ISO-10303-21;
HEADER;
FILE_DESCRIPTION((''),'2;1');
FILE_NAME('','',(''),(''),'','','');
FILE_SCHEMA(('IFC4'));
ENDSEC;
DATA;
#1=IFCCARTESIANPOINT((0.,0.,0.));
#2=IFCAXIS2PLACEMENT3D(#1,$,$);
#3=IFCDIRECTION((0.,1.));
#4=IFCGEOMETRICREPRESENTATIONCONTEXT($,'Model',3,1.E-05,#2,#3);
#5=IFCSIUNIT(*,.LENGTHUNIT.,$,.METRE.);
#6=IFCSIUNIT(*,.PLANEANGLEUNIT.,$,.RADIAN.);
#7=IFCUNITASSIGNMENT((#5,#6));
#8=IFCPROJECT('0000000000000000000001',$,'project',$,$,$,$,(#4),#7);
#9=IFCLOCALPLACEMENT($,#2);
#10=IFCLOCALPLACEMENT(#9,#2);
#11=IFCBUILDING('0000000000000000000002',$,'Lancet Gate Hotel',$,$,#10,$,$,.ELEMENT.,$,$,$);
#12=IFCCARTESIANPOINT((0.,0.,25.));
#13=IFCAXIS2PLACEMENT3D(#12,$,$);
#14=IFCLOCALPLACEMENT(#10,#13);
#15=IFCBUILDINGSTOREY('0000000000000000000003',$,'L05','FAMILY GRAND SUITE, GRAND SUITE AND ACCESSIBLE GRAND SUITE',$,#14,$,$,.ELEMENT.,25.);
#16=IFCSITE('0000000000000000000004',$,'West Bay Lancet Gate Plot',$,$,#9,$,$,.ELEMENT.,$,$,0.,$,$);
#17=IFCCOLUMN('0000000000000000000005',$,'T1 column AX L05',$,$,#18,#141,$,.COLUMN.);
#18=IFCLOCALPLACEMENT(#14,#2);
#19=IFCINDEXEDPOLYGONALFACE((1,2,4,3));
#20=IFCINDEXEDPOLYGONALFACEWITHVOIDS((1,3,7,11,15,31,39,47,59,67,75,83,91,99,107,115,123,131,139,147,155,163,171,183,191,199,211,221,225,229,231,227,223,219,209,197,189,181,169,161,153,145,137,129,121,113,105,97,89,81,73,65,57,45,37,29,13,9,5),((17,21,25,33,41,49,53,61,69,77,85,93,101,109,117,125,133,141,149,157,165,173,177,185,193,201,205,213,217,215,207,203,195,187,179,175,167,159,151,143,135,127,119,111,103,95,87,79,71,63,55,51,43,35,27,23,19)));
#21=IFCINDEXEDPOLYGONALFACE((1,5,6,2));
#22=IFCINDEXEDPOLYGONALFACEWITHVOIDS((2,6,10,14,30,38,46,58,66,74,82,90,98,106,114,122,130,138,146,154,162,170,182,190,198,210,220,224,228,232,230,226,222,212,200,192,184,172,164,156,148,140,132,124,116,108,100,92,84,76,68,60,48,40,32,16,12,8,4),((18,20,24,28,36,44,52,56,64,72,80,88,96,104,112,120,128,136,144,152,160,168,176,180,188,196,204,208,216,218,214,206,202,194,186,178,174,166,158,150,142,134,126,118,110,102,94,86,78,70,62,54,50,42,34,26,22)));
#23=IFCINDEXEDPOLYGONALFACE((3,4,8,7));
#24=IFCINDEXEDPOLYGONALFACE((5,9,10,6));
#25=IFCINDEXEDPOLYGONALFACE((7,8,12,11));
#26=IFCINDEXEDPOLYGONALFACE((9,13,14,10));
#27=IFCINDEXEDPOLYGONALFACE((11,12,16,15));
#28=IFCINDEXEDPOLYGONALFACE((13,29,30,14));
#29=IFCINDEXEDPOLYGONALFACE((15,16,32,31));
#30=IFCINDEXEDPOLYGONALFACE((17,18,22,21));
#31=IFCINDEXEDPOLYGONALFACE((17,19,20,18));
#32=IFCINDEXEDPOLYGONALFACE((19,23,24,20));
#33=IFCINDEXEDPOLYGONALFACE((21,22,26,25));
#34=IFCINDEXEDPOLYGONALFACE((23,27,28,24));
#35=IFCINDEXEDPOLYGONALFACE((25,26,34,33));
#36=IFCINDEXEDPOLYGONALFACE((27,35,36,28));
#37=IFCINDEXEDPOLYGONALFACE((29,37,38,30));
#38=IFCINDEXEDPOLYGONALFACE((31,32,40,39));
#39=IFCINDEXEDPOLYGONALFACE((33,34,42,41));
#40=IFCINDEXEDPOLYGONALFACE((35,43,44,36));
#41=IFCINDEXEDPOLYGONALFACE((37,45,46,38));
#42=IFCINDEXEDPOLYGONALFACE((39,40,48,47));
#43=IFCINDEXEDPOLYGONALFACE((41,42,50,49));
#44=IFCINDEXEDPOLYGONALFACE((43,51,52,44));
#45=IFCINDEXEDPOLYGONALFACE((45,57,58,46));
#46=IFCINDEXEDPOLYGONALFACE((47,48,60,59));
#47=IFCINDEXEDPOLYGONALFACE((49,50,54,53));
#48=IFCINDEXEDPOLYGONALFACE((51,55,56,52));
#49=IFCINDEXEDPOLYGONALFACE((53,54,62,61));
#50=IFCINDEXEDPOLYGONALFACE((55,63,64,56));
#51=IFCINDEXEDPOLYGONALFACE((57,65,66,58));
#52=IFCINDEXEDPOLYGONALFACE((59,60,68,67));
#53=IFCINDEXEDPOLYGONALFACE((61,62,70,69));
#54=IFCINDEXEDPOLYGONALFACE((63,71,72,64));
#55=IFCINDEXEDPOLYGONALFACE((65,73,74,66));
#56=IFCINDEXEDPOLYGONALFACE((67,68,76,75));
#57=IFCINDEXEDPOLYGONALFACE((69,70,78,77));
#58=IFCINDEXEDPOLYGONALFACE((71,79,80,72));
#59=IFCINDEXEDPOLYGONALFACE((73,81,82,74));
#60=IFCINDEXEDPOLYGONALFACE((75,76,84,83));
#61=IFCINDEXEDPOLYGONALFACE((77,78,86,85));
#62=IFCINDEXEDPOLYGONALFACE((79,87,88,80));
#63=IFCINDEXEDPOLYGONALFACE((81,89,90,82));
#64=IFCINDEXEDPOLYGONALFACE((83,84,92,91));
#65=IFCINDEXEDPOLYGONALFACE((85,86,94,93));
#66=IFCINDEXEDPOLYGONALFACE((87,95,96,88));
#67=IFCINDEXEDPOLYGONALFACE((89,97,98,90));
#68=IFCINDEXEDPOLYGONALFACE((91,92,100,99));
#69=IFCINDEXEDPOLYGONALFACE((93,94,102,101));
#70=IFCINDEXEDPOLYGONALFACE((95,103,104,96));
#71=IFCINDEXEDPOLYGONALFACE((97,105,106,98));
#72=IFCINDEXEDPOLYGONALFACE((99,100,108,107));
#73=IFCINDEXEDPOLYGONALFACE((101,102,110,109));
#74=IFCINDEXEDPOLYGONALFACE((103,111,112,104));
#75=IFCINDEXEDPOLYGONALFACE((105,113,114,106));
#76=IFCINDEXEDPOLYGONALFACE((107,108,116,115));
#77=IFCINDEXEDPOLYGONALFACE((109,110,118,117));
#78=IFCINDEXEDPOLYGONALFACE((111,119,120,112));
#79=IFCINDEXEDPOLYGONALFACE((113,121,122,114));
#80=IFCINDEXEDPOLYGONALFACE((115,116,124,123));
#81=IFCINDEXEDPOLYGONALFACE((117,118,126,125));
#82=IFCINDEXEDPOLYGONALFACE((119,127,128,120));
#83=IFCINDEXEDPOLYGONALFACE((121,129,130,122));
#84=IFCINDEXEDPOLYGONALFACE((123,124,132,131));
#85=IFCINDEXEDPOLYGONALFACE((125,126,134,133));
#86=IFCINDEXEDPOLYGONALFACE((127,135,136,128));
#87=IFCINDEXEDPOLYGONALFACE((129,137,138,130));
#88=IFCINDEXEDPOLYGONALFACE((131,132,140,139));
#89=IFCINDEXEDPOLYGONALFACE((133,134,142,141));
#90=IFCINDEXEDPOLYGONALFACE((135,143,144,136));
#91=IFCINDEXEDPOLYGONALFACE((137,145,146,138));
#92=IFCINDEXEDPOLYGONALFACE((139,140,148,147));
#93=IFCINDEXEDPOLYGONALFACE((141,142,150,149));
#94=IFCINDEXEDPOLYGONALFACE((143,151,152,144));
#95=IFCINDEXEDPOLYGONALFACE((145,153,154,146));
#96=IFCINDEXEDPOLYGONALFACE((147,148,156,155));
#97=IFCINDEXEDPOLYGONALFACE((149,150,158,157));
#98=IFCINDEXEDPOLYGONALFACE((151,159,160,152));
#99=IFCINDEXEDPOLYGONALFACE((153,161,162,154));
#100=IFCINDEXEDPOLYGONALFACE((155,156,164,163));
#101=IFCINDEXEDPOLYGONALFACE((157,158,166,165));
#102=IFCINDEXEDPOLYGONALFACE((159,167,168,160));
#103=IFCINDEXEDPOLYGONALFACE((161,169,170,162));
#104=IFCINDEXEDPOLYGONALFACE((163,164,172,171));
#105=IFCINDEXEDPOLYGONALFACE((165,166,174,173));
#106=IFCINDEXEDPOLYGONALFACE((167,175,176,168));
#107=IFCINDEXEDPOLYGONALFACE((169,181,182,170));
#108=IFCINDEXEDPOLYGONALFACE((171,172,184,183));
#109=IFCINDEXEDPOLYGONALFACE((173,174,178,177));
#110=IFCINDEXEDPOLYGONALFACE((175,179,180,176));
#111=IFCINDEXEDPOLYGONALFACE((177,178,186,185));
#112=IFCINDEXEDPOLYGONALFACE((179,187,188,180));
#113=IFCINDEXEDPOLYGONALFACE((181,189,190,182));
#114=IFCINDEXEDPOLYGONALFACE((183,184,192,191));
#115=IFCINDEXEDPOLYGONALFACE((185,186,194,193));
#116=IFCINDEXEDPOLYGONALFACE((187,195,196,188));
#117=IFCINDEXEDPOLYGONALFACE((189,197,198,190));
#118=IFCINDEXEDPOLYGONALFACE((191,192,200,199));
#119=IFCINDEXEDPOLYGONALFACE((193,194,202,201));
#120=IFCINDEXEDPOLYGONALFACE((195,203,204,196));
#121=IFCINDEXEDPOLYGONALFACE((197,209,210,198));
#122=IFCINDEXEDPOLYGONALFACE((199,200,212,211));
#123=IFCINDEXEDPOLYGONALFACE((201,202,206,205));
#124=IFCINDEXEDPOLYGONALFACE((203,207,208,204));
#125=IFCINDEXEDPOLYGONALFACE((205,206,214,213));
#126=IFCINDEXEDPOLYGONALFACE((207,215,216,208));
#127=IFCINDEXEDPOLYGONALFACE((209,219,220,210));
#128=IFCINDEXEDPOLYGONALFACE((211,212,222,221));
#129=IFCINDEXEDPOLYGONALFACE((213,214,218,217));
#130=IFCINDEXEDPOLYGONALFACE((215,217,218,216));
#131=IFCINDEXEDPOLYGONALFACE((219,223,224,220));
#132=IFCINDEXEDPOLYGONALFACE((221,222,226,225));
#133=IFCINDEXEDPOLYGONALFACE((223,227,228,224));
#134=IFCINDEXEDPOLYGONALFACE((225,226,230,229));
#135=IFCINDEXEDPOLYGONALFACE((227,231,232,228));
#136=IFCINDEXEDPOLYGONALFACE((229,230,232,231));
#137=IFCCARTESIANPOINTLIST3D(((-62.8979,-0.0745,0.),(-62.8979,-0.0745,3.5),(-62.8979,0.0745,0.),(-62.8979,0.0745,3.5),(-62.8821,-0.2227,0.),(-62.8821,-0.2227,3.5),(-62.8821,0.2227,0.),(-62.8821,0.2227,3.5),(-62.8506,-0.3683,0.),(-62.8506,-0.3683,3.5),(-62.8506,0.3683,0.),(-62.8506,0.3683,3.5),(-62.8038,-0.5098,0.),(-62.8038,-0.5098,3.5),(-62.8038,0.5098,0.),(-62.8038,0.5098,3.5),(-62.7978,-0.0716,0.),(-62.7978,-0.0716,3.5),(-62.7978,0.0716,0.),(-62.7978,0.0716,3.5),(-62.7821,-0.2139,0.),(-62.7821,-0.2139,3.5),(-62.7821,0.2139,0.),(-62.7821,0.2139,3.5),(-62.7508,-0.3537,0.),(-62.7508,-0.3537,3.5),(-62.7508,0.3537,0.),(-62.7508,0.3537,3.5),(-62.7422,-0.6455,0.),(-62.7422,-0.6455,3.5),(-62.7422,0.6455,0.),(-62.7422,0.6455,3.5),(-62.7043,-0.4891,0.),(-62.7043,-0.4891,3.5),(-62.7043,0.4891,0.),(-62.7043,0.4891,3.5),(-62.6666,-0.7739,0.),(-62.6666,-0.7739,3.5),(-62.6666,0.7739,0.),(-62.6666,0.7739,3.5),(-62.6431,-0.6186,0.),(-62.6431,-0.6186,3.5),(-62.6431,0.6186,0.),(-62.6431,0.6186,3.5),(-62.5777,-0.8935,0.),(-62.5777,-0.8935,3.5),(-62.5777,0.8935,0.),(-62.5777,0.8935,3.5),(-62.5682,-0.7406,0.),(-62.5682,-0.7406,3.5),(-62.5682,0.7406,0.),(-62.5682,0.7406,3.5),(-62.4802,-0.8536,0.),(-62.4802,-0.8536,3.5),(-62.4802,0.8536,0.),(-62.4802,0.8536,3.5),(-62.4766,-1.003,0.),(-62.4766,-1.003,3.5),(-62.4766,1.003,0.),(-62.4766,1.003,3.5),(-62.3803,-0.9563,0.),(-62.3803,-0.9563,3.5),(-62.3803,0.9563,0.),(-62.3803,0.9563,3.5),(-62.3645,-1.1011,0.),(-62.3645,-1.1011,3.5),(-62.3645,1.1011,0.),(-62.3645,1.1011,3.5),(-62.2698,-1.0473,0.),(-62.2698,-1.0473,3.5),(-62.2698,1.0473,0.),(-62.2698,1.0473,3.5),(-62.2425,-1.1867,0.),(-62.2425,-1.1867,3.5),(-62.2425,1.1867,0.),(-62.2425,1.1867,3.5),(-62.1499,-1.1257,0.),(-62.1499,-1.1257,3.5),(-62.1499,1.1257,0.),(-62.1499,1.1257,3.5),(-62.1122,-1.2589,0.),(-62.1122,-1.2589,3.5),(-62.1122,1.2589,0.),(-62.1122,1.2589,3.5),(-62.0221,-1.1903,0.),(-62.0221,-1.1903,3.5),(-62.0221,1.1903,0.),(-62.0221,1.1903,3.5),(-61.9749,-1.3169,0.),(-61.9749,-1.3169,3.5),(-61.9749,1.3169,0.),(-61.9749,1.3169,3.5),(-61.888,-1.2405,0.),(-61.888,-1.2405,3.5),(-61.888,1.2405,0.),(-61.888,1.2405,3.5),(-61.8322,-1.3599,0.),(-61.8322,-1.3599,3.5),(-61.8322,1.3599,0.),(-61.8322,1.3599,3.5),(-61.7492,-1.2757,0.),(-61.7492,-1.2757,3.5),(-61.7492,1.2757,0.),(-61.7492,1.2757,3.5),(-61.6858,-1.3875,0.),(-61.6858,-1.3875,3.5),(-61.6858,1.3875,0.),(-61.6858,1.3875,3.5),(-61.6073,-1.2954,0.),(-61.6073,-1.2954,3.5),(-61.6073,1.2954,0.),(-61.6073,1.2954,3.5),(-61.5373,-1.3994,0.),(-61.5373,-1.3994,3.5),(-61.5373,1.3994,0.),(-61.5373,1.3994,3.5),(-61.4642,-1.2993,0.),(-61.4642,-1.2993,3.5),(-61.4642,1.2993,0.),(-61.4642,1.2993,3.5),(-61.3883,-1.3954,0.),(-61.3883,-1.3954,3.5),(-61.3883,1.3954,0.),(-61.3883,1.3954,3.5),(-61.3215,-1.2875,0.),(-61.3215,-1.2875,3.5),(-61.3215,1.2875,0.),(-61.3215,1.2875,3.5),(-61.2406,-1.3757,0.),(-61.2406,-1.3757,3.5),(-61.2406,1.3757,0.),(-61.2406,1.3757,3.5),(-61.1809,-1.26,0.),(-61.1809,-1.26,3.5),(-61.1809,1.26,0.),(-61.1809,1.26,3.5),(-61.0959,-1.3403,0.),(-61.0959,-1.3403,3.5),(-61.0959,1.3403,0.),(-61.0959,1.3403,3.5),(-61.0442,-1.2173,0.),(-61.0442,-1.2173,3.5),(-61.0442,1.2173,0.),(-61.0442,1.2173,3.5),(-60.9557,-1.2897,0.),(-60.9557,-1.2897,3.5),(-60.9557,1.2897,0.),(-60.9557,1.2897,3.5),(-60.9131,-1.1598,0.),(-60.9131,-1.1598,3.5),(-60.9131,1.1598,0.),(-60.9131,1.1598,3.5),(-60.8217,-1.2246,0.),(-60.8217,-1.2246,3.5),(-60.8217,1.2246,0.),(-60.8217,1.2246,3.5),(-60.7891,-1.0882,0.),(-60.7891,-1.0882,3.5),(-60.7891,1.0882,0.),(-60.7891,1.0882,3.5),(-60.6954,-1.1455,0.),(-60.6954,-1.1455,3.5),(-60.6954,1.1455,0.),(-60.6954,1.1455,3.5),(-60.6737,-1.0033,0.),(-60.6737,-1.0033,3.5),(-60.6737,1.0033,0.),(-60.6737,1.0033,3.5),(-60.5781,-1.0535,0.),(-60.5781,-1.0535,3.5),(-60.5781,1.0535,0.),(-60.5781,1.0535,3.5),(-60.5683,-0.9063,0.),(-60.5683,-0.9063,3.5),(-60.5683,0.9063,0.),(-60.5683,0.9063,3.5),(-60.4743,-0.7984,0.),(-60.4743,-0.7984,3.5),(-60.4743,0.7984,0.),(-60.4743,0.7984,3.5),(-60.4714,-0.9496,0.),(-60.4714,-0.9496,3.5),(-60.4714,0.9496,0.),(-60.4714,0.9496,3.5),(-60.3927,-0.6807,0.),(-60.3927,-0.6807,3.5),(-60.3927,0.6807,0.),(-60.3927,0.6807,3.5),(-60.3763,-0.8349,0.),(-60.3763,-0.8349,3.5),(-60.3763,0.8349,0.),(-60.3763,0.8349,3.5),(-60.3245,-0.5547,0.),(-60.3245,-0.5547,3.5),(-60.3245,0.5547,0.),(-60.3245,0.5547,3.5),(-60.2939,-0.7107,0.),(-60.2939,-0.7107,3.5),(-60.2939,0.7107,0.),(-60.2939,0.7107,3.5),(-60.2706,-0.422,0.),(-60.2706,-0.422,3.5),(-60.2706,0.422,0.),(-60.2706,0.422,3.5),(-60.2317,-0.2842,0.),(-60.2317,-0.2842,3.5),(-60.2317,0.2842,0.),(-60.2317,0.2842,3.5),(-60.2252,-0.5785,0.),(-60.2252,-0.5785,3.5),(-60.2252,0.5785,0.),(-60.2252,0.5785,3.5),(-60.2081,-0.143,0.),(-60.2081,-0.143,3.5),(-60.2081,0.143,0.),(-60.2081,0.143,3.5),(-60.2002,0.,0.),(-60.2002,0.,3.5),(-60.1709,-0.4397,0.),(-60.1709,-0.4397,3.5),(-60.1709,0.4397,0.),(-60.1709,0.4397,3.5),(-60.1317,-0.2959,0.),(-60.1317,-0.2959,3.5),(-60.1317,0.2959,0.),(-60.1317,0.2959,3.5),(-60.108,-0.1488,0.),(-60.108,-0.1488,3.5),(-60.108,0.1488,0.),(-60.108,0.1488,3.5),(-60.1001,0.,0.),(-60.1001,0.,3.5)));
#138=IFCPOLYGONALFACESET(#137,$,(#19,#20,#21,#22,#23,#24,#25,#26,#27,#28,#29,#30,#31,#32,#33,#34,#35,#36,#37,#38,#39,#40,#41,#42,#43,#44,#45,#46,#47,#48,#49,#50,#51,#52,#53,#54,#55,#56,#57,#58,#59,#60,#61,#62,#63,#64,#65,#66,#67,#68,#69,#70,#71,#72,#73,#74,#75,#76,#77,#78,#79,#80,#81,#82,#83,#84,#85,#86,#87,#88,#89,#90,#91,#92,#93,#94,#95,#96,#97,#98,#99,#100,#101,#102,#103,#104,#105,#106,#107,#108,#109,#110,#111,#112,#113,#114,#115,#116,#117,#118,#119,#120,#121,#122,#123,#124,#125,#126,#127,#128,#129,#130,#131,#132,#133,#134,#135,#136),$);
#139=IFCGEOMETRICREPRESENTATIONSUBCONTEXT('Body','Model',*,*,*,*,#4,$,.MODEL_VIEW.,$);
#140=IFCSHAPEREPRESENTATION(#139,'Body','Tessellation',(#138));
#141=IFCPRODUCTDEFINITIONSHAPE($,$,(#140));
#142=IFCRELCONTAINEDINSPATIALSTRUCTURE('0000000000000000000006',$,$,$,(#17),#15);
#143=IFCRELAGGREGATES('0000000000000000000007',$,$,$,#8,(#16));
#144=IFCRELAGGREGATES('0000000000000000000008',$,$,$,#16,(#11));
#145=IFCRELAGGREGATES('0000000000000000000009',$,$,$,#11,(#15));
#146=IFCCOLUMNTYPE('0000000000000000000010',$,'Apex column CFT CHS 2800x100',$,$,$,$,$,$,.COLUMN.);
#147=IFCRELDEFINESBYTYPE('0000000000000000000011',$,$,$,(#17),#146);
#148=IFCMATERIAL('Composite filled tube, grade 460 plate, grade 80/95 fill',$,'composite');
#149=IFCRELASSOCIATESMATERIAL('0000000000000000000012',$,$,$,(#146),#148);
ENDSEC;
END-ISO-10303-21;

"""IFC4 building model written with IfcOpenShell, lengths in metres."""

from ifc_helpers import new_model, si_unit, direction, frame, origin, origin_2d, place, context, subcontext, project, spatial, hollow_circle, extrude, material, material_profile, profile_set, type_object, element, save


model = new_model("IFC4")

# Units and contexts
model_context = context("Model", 3, precision=1e-05, world=origin(), true_north=direction((0.0, 1.0)))
body_context = subcontext(model_context, "Body", "Model", "MODEL_VIEW")
ifc_project = project(units=[si_unit("LENGTHUNIT", "METRE"), si_unit("PLANEANGLEUNIT", "RADIAN")], contexts=[model_context])

# Site, building, storey
site_placement = place(None, origin())
site = spatial("IfcSite", under=ifc_project, at=site_placement, Name="West Bay Lancet Gate Plot", CompositionType="ELEMENT", RefElevation=0.0)
building_placement = place(site_placement, origin())
building = spatial("IfcBuilding", under=site, at=building_placement, Name="Lancet Gate Hotel", CompositionType="ELEMENT")
storey_placement = place(building_placement, frame((0.0, 0.0, 25.0)))
storey = spatial("IfcBuildingStorey", under=building, at=storey_placement, Name="L05", Description="FAMILY GRAND SUITE, GRAND SUITE AND ACCESSIBLE GRAND SUITE", CompositionType="ELEMENT", Elevation=25.0)

# Column
ifc_material_1 = material(Name="Composite filled tube, grade 460 plate, grade 80/95 fill", Category="composite")
ifc_material_profile_1 = material_profile(ifc_material_1, hollow_circle(Radius=1.3999, WallThickness=0.1001, at=origin_2d()), Name="CHS 2800x100")
ifc_profile_set_1 = profile_set([ifc_material_profile_1], Name="Composite filled tube, grade 460 plate, grade 80/95 fill")
column_type_1 = type_object("IfcColumnType", Name="Apex column CFT CHS 2800x100", PredefinedType="COLUMN", material=ifc_profile_set_1)
column_1_placement = place(storey_placement, frame((-61.5, 0.0, 0.0), z_axis=(0.0, 0.0, 1.0), x_axis=(1.0, 0.0, 0.0)))
element("IfcColumn", 1, at=column_1_placement, inside=storey, type_object=column_type_1, Name="T1 column AX L05", PredefinedType="COLUMN", context=body_context, shape_type="SweptSolid", body=[
    extrude(hollow_circle(Radius=1.3999, WallThickness=0.1001, at=origin_2d()), origin(), (0.0, 0.0, 1.0), 3.5),
])

save(model, "model.ifc")
